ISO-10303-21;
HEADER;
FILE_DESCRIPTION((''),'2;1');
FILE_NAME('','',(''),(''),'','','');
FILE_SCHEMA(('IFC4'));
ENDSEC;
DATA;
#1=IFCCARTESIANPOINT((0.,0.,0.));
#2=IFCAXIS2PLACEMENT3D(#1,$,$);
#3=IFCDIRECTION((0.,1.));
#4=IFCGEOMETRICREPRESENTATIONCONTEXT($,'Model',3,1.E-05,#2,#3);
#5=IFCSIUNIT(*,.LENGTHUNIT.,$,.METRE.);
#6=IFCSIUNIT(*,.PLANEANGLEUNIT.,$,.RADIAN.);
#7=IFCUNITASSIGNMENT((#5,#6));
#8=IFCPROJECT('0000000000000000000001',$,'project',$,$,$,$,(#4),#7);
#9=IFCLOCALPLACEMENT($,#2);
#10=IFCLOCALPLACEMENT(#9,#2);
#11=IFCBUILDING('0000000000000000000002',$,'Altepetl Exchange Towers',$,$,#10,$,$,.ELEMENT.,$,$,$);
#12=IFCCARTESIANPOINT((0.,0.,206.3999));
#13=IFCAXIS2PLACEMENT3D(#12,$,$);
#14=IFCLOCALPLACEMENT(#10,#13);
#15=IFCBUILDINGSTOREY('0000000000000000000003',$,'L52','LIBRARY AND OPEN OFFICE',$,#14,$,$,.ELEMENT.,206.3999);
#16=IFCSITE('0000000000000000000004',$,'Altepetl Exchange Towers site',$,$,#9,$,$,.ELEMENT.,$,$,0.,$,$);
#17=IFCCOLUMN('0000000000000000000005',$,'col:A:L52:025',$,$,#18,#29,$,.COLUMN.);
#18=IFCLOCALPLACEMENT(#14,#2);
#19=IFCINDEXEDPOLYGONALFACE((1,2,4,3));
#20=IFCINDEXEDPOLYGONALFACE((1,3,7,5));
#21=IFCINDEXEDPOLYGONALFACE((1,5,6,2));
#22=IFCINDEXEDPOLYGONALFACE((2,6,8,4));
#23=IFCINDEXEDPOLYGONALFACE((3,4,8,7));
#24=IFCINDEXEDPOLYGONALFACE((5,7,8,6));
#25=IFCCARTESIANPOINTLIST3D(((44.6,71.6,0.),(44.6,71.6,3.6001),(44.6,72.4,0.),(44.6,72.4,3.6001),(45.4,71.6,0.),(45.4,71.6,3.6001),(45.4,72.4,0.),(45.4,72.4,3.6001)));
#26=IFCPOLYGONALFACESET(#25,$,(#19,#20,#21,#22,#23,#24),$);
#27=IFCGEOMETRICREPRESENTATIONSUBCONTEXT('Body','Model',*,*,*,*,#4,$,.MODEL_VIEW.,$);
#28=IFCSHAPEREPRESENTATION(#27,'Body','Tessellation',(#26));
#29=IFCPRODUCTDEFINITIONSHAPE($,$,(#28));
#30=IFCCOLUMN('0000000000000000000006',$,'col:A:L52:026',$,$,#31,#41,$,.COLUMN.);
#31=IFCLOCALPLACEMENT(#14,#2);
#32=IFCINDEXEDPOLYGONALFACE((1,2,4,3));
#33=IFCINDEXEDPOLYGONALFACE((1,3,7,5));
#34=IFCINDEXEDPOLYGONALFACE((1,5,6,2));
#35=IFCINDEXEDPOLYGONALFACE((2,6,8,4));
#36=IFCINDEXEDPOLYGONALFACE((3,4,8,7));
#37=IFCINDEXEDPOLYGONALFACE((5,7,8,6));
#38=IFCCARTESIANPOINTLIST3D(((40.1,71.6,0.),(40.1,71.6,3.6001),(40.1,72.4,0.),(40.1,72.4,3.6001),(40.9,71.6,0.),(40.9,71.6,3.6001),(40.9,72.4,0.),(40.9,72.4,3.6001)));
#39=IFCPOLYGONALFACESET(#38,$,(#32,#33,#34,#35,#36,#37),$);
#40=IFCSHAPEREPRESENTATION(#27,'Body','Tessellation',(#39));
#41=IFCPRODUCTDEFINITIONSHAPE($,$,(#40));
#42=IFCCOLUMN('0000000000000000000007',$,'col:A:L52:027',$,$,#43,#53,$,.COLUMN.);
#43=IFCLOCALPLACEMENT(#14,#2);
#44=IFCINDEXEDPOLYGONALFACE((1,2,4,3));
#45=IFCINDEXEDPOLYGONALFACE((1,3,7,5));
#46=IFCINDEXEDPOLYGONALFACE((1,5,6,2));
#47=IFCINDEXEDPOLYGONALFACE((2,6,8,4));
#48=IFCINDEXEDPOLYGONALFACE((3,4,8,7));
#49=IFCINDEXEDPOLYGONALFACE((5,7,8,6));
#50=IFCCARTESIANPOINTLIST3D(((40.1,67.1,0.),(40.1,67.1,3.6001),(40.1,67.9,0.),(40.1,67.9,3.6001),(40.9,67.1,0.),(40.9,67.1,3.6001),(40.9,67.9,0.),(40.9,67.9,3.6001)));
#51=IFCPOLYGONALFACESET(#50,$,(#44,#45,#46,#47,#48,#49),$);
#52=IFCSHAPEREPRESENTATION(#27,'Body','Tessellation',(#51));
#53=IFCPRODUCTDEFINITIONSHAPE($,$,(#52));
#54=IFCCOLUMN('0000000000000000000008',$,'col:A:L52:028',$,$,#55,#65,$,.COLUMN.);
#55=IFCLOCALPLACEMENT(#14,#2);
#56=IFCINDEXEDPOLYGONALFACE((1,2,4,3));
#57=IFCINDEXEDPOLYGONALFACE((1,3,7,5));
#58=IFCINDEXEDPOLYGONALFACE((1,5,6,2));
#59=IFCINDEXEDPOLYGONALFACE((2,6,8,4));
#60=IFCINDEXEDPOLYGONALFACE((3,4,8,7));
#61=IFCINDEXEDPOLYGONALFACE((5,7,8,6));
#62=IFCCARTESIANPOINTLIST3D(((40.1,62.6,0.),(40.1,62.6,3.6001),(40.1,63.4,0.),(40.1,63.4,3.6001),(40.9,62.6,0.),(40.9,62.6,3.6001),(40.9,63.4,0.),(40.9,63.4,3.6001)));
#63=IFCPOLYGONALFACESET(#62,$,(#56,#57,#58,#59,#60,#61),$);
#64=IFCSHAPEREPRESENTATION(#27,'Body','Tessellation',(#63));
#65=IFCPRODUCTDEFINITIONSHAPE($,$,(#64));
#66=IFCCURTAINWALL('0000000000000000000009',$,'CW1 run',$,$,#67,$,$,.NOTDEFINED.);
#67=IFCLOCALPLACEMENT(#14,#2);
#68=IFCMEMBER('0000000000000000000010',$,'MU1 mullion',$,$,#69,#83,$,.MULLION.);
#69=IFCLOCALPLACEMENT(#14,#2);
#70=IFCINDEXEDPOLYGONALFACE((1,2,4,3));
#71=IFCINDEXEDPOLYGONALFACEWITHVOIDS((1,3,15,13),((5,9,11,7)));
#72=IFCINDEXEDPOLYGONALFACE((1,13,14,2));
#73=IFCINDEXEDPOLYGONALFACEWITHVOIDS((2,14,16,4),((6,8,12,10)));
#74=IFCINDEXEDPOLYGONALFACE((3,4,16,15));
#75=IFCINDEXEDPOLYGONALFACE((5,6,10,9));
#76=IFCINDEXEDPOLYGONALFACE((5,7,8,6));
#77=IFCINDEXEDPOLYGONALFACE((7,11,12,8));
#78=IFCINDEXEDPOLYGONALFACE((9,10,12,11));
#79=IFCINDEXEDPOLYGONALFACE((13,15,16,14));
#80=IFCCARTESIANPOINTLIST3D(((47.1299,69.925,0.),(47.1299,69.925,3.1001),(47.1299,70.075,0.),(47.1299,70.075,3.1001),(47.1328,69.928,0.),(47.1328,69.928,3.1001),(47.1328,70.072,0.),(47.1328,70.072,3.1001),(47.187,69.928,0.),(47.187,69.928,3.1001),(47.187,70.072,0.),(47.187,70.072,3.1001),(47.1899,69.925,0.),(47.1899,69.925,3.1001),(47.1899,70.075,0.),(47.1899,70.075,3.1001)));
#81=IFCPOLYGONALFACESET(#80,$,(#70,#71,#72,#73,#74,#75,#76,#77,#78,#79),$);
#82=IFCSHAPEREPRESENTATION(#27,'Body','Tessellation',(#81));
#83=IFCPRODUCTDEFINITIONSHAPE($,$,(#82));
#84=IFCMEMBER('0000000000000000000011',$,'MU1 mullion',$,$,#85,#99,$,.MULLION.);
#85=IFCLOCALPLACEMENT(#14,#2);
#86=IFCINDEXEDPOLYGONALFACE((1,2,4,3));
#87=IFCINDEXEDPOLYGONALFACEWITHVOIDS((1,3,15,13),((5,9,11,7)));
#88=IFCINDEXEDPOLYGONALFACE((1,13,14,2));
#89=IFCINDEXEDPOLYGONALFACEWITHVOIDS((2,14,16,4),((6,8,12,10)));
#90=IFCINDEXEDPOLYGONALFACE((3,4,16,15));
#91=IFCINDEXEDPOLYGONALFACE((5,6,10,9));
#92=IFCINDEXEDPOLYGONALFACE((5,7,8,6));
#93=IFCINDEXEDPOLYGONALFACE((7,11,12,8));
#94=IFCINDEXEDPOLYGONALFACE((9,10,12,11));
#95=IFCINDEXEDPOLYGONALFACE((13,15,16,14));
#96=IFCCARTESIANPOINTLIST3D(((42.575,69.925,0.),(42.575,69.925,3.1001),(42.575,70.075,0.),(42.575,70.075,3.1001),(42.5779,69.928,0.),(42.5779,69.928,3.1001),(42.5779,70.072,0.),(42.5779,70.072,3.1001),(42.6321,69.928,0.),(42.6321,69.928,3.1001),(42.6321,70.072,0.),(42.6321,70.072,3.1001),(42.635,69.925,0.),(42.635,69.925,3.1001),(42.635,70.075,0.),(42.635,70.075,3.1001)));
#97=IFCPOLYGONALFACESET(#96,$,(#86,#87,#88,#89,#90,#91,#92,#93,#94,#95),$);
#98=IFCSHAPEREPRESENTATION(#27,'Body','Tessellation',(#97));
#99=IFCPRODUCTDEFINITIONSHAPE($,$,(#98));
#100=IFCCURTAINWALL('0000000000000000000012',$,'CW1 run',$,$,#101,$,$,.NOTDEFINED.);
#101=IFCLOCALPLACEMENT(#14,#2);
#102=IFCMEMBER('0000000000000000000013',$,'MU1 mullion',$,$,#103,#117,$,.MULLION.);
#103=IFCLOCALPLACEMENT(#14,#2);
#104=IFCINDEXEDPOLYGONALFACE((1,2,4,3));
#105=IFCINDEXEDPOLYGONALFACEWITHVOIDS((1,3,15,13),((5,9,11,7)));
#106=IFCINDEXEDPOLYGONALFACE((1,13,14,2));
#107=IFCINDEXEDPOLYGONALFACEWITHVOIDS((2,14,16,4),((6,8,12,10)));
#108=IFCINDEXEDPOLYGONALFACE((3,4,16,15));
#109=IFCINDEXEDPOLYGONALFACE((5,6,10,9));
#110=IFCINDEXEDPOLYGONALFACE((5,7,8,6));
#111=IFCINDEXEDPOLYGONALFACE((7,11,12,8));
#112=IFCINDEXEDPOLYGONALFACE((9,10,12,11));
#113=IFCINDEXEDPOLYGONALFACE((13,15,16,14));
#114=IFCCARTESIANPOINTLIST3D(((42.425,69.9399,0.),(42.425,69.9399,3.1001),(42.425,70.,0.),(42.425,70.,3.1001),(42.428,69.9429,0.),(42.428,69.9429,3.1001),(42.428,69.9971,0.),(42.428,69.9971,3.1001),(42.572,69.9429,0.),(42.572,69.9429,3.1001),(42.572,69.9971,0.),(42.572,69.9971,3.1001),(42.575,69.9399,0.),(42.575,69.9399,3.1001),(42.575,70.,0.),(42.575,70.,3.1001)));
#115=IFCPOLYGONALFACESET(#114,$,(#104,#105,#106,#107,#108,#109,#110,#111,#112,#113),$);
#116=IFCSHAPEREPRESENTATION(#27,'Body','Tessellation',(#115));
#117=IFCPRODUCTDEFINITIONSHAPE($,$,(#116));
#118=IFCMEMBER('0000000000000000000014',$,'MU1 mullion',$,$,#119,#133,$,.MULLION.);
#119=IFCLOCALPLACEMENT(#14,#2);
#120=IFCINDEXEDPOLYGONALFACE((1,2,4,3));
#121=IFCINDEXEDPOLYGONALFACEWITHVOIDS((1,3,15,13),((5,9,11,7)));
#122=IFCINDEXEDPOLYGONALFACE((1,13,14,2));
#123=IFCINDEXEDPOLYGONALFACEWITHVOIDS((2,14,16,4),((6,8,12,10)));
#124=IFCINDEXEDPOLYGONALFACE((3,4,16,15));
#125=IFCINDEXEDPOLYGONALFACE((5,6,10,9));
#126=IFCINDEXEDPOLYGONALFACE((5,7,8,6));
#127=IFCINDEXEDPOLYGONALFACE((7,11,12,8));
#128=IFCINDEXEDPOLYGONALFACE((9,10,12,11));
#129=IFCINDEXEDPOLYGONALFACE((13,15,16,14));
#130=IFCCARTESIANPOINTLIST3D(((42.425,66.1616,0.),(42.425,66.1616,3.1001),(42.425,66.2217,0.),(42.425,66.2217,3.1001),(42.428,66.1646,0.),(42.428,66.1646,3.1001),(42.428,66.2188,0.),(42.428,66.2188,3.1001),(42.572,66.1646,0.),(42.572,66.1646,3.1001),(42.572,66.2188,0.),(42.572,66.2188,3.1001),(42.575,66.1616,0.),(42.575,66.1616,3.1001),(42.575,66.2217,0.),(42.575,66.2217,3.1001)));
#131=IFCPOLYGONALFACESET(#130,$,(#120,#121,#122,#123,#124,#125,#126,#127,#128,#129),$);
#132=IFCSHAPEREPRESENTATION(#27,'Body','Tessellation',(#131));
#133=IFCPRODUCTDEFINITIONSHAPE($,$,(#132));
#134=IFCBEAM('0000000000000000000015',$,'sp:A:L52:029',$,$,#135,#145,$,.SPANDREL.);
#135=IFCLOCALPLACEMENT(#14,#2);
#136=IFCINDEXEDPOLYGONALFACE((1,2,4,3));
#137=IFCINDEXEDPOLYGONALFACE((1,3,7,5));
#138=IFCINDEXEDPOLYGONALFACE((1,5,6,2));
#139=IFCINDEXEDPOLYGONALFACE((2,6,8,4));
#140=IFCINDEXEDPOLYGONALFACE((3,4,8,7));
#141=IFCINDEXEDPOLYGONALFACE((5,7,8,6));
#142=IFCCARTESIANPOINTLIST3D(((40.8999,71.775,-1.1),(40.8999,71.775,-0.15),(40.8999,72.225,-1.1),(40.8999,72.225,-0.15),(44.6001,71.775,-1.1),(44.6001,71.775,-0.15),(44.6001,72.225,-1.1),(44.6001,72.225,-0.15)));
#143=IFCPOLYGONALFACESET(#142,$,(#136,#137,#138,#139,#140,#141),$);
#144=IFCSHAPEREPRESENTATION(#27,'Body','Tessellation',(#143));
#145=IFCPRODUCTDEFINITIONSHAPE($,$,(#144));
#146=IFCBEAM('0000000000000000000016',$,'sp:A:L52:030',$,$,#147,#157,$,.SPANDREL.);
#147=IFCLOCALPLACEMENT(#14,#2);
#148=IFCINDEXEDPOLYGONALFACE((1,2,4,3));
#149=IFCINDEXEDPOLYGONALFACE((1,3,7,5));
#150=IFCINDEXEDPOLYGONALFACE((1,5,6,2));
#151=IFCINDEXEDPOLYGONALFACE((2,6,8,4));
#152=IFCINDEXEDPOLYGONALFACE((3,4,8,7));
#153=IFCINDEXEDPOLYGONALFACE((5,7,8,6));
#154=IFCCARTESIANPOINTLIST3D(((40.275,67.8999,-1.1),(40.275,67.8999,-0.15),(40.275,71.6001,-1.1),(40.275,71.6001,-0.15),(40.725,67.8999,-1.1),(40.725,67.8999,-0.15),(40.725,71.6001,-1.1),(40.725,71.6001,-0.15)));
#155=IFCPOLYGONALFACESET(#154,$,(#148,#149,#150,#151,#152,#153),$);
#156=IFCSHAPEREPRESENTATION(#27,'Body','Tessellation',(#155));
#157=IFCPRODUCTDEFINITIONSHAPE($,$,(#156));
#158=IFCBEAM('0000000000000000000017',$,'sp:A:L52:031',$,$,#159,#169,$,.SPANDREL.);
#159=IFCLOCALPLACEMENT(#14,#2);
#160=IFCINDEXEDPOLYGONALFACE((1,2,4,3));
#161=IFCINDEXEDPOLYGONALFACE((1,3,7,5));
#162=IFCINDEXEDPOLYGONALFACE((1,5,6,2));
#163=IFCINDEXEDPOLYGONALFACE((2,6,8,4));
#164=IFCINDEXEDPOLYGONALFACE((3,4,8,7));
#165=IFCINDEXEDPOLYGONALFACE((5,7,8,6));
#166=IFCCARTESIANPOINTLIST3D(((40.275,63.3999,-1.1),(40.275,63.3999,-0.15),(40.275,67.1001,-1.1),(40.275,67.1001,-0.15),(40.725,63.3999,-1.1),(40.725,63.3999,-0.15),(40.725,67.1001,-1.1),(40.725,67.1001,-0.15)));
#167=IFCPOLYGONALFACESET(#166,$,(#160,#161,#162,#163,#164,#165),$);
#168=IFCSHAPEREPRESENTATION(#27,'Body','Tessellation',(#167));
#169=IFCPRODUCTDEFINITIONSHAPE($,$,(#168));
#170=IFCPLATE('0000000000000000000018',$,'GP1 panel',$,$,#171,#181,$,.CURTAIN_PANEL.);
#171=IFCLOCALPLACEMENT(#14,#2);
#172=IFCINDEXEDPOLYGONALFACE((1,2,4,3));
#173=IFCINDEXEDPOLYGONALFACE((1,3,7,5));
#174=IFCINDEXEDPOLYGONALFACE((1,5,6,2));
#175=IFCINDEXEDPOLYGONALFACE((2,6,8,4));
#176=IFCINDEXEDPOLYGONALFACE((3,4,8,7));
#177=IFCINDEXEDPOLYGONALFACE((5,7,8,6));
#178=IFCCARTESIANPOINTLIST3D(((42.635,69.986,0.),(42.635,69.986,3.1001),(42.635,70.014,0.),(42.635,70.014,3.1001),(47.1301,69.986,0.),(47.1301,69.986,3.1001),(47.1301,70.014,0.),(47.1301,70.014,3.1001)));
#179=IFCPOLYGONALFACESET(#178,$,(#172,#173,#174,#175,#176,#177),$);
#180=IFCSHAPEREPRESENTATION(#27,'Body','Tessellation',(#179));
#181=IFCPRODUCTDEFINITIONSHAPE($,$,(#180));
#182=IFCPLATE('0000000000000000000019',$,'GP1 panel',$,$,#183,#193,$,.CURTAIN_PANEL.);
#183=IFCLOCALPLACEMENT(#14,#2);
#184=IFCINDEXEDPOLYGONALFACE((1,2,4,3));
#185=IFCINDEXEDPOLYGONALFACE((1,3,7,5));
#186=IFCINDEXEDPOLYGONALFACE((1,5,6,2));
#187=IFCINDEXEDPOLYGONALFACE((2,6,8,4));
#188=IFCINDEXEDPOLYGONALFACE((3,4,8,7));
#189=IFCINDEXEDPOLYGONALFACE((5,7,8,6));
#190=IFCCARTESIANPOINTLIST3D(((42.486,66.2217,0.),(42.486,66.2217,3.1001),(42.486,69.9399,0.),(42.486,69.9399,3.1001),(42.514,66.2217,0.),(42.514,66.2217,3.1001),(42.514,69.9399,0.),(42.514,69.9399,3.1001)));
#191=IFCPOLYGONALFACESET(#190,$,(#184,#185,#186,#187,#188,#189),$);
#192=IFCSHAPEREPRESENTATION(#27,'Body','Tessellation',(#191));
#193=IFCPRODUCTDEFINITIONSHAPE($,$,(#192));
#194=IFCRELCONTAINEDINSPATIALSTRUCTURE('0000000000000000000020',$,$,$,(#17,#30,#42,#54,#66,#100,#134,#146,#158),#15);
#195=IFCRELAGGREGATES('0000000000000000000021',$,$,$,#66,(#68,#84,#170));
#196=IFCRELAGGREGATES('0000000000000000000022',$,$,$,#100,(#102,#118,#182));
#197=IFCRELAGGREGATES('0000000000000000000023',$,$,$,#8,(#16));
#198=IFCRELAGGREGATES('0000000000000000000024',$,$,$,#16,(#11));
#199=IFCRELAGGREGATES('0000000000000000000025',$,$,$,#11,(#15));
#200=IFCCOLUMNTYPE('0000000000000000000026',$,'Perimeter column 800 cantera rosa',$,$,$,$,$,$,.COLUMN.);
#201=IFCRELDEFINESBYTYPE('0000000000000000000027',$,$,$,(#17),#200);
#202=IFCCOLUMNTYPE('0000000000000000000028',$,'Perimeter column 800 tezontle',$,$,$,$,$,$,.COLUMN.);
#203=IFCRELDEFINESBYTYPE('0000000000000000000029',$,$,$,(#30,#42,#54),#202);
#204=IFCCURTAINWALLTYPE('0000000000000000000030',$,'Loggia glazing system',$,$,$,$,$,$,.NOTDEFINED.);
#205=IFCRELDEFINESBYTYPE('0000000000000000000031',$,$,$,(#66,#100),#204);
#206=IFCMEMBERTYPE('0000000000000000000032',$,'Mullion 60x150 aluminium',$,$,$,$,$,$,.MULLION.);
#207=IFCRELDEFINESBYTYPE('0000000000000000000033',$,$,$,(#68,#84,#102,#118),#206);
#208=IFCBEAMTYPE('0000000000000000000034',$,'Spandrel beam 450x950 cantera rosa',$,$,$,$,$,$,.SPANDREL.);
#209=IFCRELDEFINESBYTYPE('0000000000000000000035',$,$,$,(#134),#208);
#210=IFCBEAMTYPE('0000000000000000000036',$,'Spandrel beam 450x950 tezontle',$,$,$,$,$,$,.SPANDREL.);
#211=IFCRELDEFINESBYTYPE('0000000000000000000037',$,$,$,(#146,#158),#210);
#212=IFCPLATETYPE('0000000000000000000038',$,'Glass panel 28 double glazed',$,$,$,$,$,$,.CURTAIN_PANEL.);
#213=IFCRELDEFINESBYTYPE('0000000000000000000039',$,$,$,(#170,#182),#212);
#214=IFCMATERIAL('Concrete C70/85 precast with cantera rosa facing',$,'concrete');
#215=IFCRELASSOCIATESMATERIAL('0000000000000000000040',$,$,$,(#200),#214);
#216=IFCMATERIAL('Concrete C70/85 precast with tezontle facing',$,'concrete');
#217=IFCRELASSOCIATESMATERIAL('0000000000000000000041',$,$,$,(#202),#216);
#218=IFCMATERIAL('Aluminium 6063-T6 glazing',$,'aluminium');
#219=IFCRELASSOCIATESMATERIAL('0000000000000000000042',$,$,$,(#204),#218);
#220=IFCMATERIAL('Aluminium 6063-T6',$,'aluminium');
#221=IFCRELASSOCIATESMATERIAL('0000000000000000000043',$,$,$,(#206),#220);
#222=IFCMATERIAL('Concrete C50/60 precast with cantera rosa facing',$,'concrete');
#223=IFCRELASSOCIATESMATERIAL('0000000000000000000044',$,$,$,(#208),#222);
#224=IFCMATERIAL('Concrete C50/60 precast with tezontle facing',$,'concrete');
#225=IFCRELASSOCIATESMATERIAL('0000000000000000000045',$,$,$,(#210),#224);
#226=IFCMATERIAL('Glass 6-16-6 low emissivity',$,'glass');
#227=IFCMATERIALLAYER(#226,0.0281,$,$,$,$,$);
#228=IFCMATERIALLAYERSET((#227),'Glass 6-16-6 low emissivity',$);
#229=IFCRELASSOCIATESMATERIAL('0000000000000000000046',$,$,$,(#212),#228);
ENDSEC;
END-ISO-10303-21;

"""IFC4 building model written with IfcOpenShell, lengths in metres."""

from ifc_helpers import new_model, si_unit, direction, frame, origin, origin_2d, place, context, subcontext, project, spatial, rectangle, hollow_rectangle, extrude, material, layer, layer_set, material_profile, profile_set, type_object, element, aggregate, save


model = new_model("IFC4")

# Units and contexts
model_context = context("Model", 3, precision=1e-05, world=origin(), true_north=direction((0.0, 1.0)))
body_context = subcontext(model_context, "Body", "Model", "MODEL_VIEW")
ifc_project = project(units=[si_unit("LENGTHUNIT", "METRE"), si_unit("PLANEANGLEUNIT", "RADIAN")], contexts=[model_context])

# Site, building, storey
site_placement = place(None, origin())
site = spatial("IfcSite", under=ifc_project, at=site_placement, Name="Altepetl Exchange Towers site", CompositionType="ELEMENT", RefElevation=0.0)
building_placement = place(site_placement, origin())
building = spatial("IfcBuilding", under=site, at=building_placement, Name="Altepetl Exchange Towers", CompositionType="ELEMENT")
storey_placement = place(building_placement, frame((0.0, 0.0, 206.3999)))
storey = spatial("IfcBuildingStorey", under=building, at=storey_placement, Name="L52", Description="LIBRARY AND OPEN OFFICE", CompositionType="ELEMENT", Elevation=206.3999)

# Columns
ifc_material_1 = material(Name="Concrete C70/85 precast with cantera rosa facing", Category="concrete")
ifc_material_profile_1 = material_profile(ifc_material_1, rectangle(XDim=0.8, YDim=0.8, at=origin_2d()), Name="800 x 800")
ifc_profile_set_1 = profile_set([ifc_material_profile_1], Name="Concrete C70/85 precast with cantera rosa facing")
column_type_1 = type_object("IfcColumnType", Name="Perimeter column 800 cantera rosa", PredefinedType="COLUMN", material=ifc_profile_set_1)
column_placement = place(storey_placement, frame((45.0, 72.0, 0.0)))
element("IfcColumn", 1, at=column_placement, inside=storey, type_object=column_type_1, Name="col:A:L52:025", PredefinedType="COLUMN", context=body_context, shape_type="SweptSolid", body=[
    extrude(rectangle(XDim=0.8, YDim=0.8, at=origin_2d()), origin(), (0.0, 0.0, 1.0), 3.6001),
])
ifc_material_2 = material(Name="Concrete C70/85 precast with tezontle facing", Category="concrete")
ifc_material_profile_2 = material_profile(ifc_material_2, rectangle(XDim=0.8, YDim=0.8, at=origin_2d()), Name="800 x 800")
ifc_profile_set_2 = profile_set([ifc_material_profile_2], Name="Concrete C70/85 precast with tezontle facing")
column_type_2 = type_object("IfcColumnType", Name="Perimeter column 800 tezontle", PredefinedType="COLUMN", material=ifc_profile_set_2)
for number, where, name in (
    (2, (40.5, 72.0, 0.0), "col:A:L52:026"),
    (3, (40.5, 67.5, 0.0), "col:A:L52:027"),
    (4, (40.5, 63.0, 0.0), "col:A:L52:028"),
):
    element("IfcColumn", number, at=place(storey_placement, frame(where)), inside=storey, type_object=column_type_2, Name=name, PredefinedType="COLUMN", context=body_context, shape_type="SweptSolid", body=[
        extrude(rectangle(XDim=0.8, YDim=0.8, at=origin_2d()), origin(), (0.0, 0.0, 1.0), 3.6001),
    ])

# Curtain walls, members
ifc_material_3 = material(Name="Aluminium 6063-T6 glazing", Category="aluminium")
curtain_wall_type = type_object("IfcCurtainWallType", Name="Loggia glazing system", PredefinedType="NOTDEFINED", material=ifc_material_3)
curtain_wall_1_placement = place(storey_placement, origin())
curtain_wall_1 = element("IfcCurtainWall", 5, at=curtain_wall_1_placement, inside=storey, type_object=curtain_wall_type, Name="CW1 run", PredefinedType="NOTDEFINED")
ifc_material_4 = material(Name="Aluminium 6063-T6", Category="aluminium")
ifc_material_profile_3 = material_profile(ifc_material_4, hollow_rectangle(XDim=0.0601, YDim=0.1499, WallThickness=0.0029, at=origin_2d()), Name="Mullion 60x150 aluminium")
ifc_profile_set_3 = profile_set([ifc_material_profile_3], Name="Aluminium 6063-T6")
member_type = type_object("IfcMemberType", Name="Mullion 60x150 aluminium", PredefinedType="MULLION", material=ifc_profile_set_3)
member_1_placement = place(storey_placement, frame((47.1599, 70.0, 0.0), z_axis=(0.0, 0.0, 1.0), x_axis=(-1.0, 0.0, 0.0)))
member_1 = element("IfcMember", 6, at=member_1_placement, type_object=member_type, Name="MU1 mullion", PredefinedType="MULLION", context=body_context, shape_type="SweptSolid", body=[
    extrude(hollow_rectangle(XDim=0.0601, YDim=0.1499, WallThickness=0.0029, at=origin_2d()), origin(), (0.0, 0.0, 1.0), 3.1001),
])
member_2_placement = place(storey_placement, frame((42.605, 70.0, 0.0), z_axis=(0.0, 0.0, 1.0), x_axis=(-1.0, 0.0, 0.0)))
member_2 = element("IfcMember", 7, at=member_2_placement, type_object=member_type, Name="MU1 mullion", PredefinedType="MULLION", context=body_context, shape_type="SweptSolid", body=[
    extrude(hollow_rectangle(XDim=0.0601, YDim=0.1499, WallThickness=0.0029, at=origin_2d()), origin(), (0.0, 0.0, 1.0), 3.1001),
])
curtain_wall_2_placement = place(storey_placement, origin())
curtain_wall_2 = element("IfcCurtainWall", 8, at=curtain_wall_2_placement, inside=storey, type_object=curtain_wall_type, Name="CW1 run", PredefinedType="NOTDEFINED")
member_3_placement = place(storey_placement, frame((42.5, 69.97, 0.0), z_axis=(0.0, 0.0, 1.0), x_axis=(0.0, -1.0, 0.0)))
member_3 = element("IfcMember", 9, at=member_3_placement, type_object=member_type, Name="MU1 mullion", PredefinedType="MULLION", context=body_context, shape_type="SweptSolid", body=[
    extrude(hollow_rectangle(XDim=0.0601, YDim=0.1499, WallThickness=0.0029, at=origin_2d()), origin(), (0.0, 0.0, 1.0), 3.1001),
])
member_4_placement = place(storey_placement, frame((42.5, 66.1917, 0.0), z_axis=(0.0, 0.0, 1.0), x_axis=(0.0, -1.0, 0.0)))
member_4 = element("IfcMember", 10, at=member_4_placement, type_object=member_type, Name="MU1 mullion", PredefinedType="MULLION", context=body_context, shape_type="SweptSolid", body=[
    extrude(hollow_rectangle(XDim=0.0601, YDim=0.1499, WallThickness=0.0029, at=origin_2d()), origin(), (0.0, 0.0, 1.0), 3.1001),
])

# Beams
ifc_material_5 = material(Name="Concrete C50/60 precast with cantera rosa facing", Category="concrete")
ifc_material_profile_4 = material_profile(ifc_material_5, rectangle(XDim=0.45, YDim=0.95, at=origin_2d()), Name="450 x 950")
ifc_profile_set_4 = profile_set([ifc_material_profile_4], Name="Concrete C50/60 precast with cantera rosa facing")
beam_type_1 = type_object("IfcBeamType", Name="Spandrel beam 450x950 cantera rosa", PredefinedType="SPANDREL", material=ifc_profile_set_4)
beam_placement = place(storey_placement, frame((44.6001, 72.0, -0.625), z_axis=(-1.0, 0.0, 0.0), x_axis=(0.0, -1.0, 0.0)))
element("IfcBeam", 11, at=beam_placement, inside=storey, type_object=beam_type_1, Name="sp:A:L52:029", PredefinedType="SPANDREL", context=body_context, shape_type="SweptSolid", body=[
    extrude(rectangle(XDim=0.45, YDim=0.95, at=origin_2d()), origin(), (0.0, 0.0, 1.0), 3.7002),
])
ifc_material_6 = material(Name="Concrete C50/60 precast with tezontle facing", Category="concrete")
ifc_material_profile_5 = material_profile(ifc_material_6, rectangle(XDim=0.45, YDim=0.95, at=origin_2d()), Name="450 x 950")
ifc_profile_set_5 = profile_set([ifc_material_profile_5], Name="Concrete C50/60 precast with tezontle facing")
beam_type_2 = type_object("IfcBeamType", Name="Spandrel beam 450x950 tezontle", PredefinedType="SPANDREL", material=ifc_profile_set_5)
for number, where, z_axis, x_axis, name in (
    (12, (40.5, 71.6001, -0.625), (0.0, -1.0, 0.0), (1.0, 0.0, 0.0), "sp:A:L52:030"),
    (13, (40.5, 67.1001, -0.625), (0.0, -1.0, 0.0), (1.0, 0.0, 0.0), "sp:A:L52:031"),
):
    element("IfcBeam", number, at=place(storey_placement, frame(where, z_axis=z_axis, x_axis=x_axis)), inside=storey, type_object=beam_type_2, Name=name, PredefinedType="SPANDREL", context=body_context, shape_type="SweptSolid", body=[
        extrude(rectangle(XDim=0.45, YDim=0.95, at=origin_2d()), origin(), (0.0, 0.0, 1.0), 3.7002),
    ])

# Plates
ifc_material_7 = material(Name="Glass 6-16-6 low emissivity", Category="glass")
ifc_layer = layer(ifc_material_7, 0.0281)
ifc_layer_set = layer_set([ifc_layer], Name="Glass 6-16-6 low emissivity")
plate_type = type_object("IfcPlateType", Name="Glass panel 28 double glazed", PredefinedType="CURTAIN_PANEL", material=ifc_layer_set)
plate_1_placement = place(storey_placement, frame((44.8826, 70.0, 0.0), z_axis=(0.0, 0.0, 1.0), x_axis=(-1.0, 0.0, 0.0)))
plate_1 = element("IfcPlate", 14, at=plate_1_placement, type_object=plate_type, Name="GP1 panel", PredefinedType="CURTAIN_PANEL", context=body_context, shape_type="SweptSolid", body=[
    extrude(rectangle(XDim=4.4951, YDim=0.0281, at=origin_2d()), origin(), (0.0, 0.0, 1.0), 3.1001),
])
aggregate(curtain_wall_1, [member_1, member_2, plate_1])
plate_2_placement = place(storey_placement, frame((42.5, 68.0808, 0.0), z_axis=(0.0, 0.0, 1.0), x_axis=(0.0, -1.0, 0.0)))
plate_2 = element("IfcPlate", 15, at=plate_2_placement, type_object=plate_type, Name="GP1 panel", PredefinedType="CURTAIN_PANEL", context=body_context, shape_type="SweptSolid", body=[
    extrude(rectangle(XDim=3.7183, YDim=0.0281, at=origin_2d()), origin(), (0.0, 0.0, 1.0), 3.1001),
])
aggregate(curtain_wall_2, [member_3, member_4, plate_2])

save(model, "model.ifc")
